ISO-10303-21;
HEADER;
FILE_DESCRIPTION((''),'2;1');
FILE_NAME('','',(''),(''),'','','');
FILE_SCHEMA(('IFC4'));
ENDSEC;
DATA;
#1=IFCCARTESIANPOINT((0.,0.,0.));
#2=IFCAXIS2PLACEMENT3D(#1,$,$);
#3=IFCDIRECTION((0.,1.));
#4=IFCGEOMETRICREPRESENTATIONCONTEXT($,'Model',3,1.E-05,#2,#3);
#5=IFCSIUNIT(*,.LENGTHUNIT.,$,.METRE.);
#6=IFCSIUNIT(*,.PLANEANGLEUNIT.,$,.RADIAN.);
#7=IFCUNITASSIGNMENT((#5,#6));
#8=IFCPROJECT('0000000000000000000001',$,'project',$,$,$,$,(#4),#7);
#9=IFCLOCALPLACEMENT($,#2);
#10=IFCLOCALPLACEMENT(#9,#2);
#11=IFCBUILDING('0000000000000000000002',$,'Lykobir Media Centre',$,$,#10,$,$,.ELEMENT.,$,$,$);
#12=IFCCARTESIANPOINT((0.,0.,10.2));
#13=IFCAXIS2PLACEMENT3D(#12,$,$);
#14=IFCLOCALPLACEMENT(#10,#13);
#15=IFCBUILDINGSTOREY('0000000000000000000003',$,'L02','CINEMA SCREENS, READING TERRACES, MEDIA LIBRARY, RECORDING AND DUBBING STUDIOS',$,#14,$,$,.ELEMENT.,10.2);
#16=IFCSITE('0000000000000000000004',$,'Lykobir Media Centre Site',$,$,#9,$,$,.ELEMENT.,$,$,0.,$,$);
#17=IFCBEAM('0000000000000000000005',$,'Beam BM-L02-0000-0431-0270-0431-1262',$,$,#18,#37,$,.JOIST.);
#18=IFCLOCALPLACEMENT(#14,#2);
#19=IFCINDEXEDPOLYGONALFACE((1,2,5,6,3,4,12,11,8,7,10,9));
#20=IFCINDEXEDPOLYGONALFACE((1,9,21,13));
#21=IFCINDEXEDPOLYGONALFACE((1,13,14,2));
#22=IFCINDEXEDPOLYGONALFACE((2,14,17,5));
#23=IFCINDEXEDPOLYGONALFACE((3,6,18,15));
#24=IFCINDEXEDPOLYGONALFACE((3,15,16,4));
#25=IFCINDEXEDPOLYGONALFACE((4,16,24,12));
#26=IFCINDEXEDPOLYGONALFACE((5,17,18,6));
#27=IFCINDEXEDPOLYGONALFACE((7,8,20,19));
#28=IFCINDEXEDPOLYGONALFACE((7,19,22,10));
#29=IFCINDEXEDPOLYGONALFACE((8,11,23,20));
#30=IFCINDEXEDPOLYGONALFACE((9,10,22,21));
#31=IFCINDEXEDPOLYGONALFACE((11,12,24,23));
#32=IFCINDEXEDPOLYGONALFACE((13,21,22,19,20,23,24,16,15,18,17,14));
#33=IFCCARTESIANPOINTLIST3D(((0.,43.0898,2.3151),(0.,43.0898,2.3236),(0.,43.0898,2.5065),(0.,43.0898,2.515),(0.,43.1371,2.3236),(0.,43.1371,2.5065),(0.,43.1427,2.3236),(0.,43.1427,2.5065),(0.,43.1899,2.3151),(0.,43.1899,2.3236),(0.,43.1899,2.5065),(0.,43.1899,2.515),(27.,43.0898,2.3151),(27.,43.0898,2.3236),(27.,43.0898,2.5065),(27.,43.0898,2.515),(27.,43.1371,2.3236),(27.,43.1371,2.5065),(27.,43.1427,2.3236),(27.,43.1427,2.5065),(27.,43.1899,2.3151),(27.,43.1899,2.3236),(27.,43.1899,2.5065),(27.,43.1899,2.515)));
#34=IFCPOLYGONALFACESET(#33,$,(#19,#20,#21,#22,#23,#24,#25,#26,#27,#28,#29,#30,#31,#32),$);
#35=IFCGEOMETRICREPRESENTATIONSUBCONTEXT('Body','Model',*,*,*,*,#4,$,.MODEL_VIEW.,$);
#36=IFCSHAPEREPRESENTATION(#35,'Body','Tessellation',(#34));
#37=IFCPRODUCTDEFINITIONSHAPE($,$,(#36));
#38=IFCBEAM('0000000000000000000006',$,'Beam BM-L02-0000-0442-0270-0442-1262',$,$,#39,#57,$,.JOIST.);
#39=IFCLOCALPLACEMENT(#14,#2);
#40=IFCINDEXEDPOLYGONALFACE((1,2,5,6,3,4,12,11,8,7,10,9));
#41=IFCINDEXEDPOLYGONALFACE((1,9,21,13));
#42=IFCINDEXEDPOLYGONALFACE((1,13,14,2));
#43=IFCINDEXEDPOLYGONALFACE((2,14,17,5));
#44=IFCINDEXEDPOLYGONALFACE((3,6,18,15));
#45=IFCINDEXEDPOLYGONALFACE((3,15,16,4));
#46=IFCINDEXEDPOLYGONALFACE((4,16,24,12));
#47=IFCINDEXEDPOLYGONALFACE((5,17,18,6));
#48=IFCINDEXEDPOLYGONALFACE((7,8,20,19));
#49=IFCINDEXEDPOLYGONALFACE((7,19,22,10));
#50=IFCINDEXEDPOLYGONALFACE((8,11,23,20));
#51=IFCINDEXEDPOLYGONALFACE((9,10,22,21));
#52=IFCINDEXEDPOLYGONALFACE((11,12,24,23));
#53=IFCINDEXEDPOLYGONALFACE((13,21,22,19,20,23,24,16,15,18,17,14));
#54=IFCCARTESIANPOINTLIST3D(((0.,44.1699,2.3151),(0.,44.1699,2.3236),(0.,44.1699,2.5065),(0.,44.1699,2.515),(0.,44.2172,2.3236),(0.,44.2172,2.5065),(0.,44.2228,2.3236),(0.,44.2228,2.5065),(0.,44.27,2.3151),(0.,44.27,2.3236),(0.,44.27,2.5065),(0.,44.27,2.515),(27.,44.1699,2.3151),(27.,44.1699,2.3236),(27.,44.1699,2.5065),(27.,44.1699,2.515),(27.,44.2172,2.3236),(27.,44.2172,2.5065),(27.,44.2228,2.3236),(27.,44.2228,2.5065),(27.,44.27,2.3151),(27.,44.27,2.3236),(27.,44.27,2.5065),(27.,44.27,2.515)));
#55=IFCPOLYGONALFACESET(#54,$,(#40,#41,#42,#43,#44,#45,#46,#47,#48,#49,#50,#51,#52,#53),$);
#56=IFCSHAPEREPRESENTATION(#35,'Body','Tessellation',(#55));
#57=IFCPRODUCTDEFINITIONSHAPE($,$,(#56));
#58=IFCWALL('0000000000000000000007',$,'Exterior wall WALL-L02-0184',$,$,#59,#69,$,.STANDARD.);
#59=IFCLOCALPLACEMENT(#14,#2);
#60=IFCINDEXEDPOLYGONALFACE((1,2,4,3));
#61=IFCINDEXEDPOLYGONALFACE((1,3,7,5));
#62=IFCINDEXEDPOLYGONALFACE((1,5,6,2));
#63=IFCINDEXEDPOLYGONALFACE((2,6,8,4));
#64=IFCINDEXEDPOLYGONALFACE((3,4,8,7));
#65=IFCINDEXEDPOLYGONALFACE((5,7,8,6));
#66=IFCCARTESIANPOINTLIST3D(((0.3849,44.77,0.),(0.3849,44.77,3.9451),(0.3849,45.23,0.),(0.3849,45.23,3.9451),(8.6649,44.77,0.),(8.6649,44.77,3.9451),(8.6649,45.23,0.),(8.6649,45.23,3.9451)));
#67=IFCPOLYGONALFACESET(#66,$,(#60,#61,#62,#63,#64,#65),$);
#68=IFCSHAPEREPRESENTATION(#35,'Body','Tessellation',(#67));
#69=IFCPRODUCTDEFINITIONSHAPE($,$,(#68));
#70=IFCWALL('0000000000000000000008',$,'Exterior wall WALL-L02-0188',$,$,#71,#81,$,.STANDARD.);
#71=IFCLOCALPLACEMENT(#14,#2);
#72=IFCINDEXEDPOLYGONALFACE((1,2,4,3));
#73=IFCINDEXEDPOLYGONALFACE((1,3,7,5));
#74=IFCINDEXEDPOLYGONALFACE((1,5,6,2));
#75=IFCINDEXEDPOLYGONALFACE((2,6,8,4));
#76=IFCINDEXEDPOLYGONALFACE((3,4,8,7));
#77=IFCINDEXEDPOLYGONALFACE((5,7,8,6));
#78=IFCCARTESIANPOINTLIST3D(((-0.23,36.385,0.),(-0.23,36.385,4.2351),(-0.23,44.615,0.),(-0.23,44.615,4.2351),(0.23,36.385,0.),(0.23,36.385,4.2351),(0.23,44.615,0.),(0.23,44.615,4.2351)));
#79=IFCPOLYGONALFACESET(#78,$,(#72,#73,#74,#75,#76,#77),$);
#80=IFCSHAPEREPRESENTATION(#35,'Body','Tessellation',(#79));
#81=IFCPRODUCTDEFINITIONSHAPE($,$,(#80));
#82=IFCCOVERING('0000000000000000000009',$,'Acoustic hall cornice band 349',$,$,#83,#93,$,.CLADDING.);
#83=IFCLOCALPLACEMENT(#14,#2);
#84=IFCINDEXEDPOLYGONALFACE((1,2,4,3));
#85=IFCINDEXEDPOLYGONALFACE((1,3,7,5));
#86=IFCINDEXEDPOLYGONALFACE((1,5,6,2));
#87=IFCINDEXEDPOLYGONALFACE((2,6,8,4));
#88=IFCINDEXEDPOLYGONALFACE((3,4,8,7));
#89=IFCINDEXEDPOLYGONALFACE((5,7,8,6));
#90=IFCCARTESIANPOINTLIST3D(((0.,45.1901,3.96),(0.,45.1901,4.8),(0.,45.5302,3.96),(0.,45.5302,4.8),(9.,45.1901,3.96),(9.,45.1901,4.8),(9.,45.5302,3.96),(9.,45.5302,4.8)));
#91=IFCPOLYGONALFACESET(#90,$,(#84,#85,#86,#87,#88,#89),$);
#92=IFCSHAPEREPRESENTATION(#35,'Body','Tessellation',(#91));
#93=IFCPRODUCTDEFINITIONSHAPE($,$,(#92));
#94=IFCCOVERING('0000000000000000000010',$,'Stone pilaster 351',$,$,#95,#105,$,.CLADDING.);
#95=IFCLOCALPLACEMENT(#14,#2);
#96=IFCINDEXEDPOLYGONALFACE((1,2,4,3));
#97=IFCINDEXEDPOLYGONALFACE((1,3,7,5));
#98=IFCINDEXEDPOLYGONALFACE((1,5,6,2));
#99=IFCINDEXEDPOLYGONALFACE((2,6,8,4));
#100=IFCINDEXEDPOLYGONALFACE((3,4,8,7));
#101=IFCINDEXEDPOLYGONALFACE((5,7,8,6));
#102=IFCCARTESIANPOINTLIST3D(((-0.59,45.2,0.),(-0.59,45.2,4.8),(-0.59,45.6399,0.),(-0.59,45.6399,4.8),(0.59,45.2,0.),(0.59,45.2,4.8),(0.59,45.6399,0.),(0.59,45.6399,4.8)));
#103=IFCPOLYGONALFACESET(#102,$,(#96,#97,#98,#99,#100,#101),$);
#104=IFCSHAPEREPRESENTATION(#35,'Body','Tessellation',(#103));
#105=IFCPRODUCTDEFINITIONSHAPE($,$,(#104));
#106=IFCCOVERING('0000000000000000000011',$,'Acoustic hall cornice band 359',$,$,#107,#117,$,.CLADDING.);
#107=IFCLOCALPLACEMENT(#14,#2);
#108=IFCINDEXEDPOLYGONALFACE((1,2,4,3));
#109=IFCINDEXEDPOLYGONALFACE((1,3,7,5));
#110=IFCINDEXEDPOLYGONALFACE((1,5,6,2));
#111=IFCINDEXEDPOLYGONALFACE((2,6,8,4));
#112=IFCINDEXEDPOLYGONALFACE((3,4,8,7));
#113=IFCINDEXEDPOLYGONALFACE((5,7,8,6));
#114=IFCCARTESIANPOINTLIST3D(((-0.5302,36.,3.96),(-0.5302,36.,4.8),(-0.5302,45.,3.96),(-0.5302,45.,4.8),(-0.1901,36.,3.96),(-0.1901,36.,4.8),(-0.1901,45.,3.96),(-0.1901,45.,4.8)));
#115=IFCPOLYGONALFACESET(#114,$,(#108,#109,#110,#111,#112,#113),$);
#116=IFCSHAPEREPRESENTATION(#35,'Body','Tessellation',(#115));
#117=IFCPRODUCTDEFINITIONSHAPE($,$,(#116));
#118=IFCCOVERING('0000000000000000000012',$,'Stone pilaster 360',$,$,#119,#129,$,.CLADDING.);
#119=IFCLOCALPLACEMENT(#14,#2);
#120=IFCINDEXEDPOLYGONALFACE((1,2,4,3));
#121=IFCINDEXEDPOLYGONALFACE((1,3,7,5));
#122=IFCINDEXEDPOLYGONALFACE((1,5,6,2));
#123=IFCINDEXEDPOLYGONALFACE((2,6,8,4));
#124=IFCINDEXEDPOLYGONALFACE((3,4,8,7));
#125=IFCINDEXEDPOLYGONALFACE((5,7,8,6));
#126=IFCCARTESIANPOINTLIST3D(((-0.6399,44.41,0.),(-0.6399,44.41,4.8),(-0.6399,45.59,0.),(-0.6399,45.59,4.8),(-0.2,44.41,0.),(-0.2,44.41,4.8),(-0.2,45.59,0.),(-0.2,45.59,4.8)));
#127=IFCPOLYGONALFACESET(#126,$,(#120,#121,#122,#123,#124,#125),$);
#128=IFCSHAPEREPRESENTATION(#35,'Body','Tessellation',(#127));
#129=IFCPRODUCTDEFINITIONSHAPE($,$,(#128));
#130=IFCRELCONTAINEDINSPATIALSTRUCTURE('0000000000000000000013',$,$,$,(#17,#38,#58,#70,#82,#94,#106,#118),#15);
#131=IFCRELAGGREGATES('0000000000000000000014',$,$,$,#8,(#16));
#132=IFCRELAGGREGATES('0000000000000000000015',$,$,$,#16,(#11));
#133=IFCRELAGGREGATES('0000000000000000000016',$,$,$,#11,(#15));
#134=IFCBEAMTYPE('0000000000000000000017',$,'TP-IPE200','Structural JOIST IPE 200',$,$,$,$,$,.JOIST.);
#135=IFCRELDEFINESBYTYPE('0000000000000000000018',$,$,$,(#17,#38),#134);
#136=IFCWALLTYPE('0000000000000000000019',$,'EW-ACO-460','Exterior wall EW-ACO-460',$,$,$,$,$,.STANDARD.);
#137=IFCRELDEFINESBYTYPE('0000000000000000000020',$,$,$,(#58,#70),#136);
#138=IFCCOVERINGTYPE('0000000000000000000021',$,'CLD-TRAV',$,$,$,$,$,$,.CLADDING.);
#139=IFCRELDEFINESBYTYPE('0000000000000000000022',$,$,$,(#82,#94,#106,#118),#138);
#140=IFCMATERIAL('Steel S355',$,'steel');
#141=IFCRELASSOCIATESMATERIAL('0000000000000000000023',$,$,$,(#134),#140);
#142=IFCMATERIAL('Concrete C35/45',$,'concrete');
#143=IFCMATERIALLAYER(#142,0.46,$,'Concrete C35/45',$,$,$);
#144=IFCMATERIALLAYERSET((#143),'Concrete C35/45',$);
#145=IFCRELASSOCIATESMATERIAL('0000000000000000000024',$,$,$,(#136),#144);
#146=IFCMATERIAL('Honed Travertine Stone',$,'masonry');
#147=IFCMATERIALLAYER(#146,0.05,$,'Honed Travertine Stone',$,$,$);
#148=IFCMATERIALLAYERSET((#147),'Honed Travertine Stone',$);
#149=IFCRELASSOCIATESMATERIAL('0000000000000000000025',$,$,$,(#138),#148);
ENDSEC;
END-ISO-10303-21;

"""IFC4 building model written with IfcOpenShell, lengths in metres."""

from ifc_helpers import new_model, si_unit, direction, frame, frame_2d, origin, origin_2d, place, context, subcontext, project, spatial, rectangle, i_section, extrude, material, layer, layer_set, material_profile, profile_set, type_object, element, save


model = new_model("IFC4")

# Units and contexts
model_context = context("Model", 3, precision=1e-05, world=origin(), true_north=direction((0.0, 1.0)))
body_context = subcontext(model_context, "Body", "Model", "MODEL_VIEW")
ifc_project = project(units=[si_unit("LENGTHUNIT", "METRE"), si_unit("PLANEANGLEUNIT", "RADIAN")], contexts=[model_context])

# Site, building, storey
site_placement = place(None, origin())
site = spatial("IfcSite", under=ifc_project, at=site_placement, Name="Lykobir Media Centre Site", CompositionType="ELEMENT", RefElevation=0.0)
building_placement = place(site_placement, origin())
building = spatial("IfcBuilding", under=site, at=building_placement, Name="Lykobir Media Centre", CompositionType="ELEMENT")
storey_placement = place(building_placement, frame((0.0, 0.0, 10.2)))
storey = spatial("IfcBuildingStorey", under=building, at=storey_placement, Name="L02", Description="CINEMA SCREENS, READING TERRACES, MEDIA LIBRARY, RECORDING AND DUBBING STUDIOS", CompositionType="ELEMENT", Elevation=10.2)

# Beams
ifc_material_1 = material(Name="Steel S355", Category="steel")
ifc_material_profile_1 = material_profile(ifc_material_1, i_section(OverallWidth=0.1001, OverallDepth=0.2, WebThickness=0.0056, FlangeThickness=0.0085, at=origin_2d()), Name="IPE 200")
ifc_profile_set_1 = profile_set([ifc_material_profile_1], Name="Steel S355")
beam_type_1 = type_object("IfcBeamType", Name="TP-IPE200", Description="Structural JOIST IPE 200", PredefinedType="JOIST", material=ifc_profile_set_1)
for number, where, z_axis, x_axis, name in (
    (1, (0.0, 43.1399, 2.415), (1.0, 0.0, 0.0), (0.0, 1.0, 0.0), "Beam BM-L02-0000-0431-0270-0431-1262"),
    (2, (0.0, 44.22, 2.415), (1.0, 0.0, 0.0), (0.0, 1.0, 0.0), "Beam BM-L02-0000-0442-0270-0442-1262"),
):
    element("IfcBeam", number, at=place(storey_placement, frame(where, z_axis=z_axis, x_axis=x_axis)), inside=storey, type_object=beam_type_1, Name=name, PredefinedType="JOIST", context=body_context, shape_type="SweptSolid", body=[
        extrude(i_section(OverallWidth=0.1001, OverallDepth=0.2, WebThickness=0.0056, FlangeThickness=0.0085, at=origin_2d()), origin(), (0.0, 0.0, 1.0), 27.0),
    ])

# Walls
ifc_material_2 = material(Name="Concrete C35/45", Category="concrete")
ifc_layer_1 = layer(ifc_material_2, 0.46, Name="Concrete C35/45")
ifc_layer_set_1 = layer_set([ifc_layer_1], Name="Concrete C35/45")
wall_type = type_object("IfcWallType", Name="EW-ACO-460", Description="Exterior wall EW-ACO-460", PredefinedType="STANDARD", material=ifc_layer_set_1)
wall_1_placement = place(storey_placement, frame((8.665, 45.0, 0.0), z_axis=(0.0, 0.0, 1.0), x_axis=(-1.0, 0.0, 0.0)))
element("IfcWall", 3, at=wall_1_placement, inside=storey, type_object=wall_type, Name="Exterior wall WALL-L02-0184", PredefinedType="STANDARD", context=body_context, shape_type="SweptSolid", body=[
    extrude(rectangle(XDim=8.28, YDim=0.46, at=frame_2d((4.1401, 0.0))), origin(), (0.0, 0.0, 1.0), 3.9451),
])
wall_2_placement = place(storey_placement, frame((0.0, 44.615, 0.0), z_axis=(0.0, 0.0, 1.0), x_axis=(0.0, -1.0, 0.0)))
element("IfcWall", 4, at=wall_2_placement, inside=storey, type_object=wall_type, Name="Exterior wall WALL-L02-0188", PredefinedType="STANDARD", context=body_context, shape_type="SweptSolid", body=[
    extrude(rectangle(XDim=8.23, YDim=0.46, at=frame_2d((4.115, 0.0))), origin(), (0.0, 0.0, 1.0), 4.2351),
])

# Coverings
ifc_material_3 = material(Name="Honed Travertine Stone", Category="masonry")
ifc_layer_2 = layer(ifc_material_3, 0.05, Name="Honed Travertine Stone")
ifc_layer_set_2 = layer_set([ifc_layer_2], Name="Honed Travertine Stone")
covering_type = type_object("IfcCoveringType", Name="CLD-TRAV", PredefinedType="CLADDING", material=ifc_layer_set_2)
covering_1_placement = place(storey_placement, frame((4.5, 45.3601, 3.96), z_axis=(0.0, 0.0, 1.0), x_axis=(-1.0, 0.0, 0.0)))
element("IfcCovering", 5, at=covering_1_placement, inside=storey, type_object=covering_type, Name="Acoustic hall cornice band 349", PredefinedType="CLADDING", context=body_context, shape_type="SweptSolid", body=[
    extrude(rectangle(XDim=9.0, YDim=0.3401, at=origin_2d()), origin(), (0.0, 0.0, 1.0), 0.8401),
])
covering_2_placement = place(storey_placement, frame((0.0, 45.4199, 0.0), z_axis=(0.0, 0.0, 1.0), x_axis=(-1.0, 0.0, 0.0)))
element("IfcCovering", 6, at=covering_2_placement, inside=storey, type_object=covering_type, Name="Stone pilaster 351", PredefinedType="CLADDING", context=body_context, shape_type="SweptSolid", body=[
    extrude(rectangle(XDim=1.1799, YDim=0.4399, at=origin_2d()), origin(), (0.0, 0.0, 1.0), 4.8),
])
covering_3_placement = place(storey_placement, frame((-0.3601, 40.5, 3.96), z_axis=(0.0, 0.0, 1.0), x_axis=(0.0, -1.0, 0.0)))
element("IfcCovering", 7, at=covering_3_placement, inside=storey, type_object=covering_type, Name="Acoustic hall cornice band 359", PredefinedType="CLADDING", context=body_context, shape_type="SweptSolid", body=[
    extrude(rectangle(XDim=9.0, YDim=0.3401, at=origin_2d()), origin(), (0.0, 0.0, 1.0), 0.8401),
])
covering_4_placement = place(storey_placement, frame((-0.4199, 45.0, 0.0), z_axis=(0.0, 0.0, 1.0), x_axis=(0.0, -1.0, 0.0)))
element("IfcCovering", 8, at=covering_4_placement, inside=storey, type_object=covering_type, Name="Stone pilaster 360", PredefinedType="CLADDING", context=body_context, shape_type="SweptSolid", body=[
    extrude(rectangle(XDim=1.1799, YDim=0.4399, at=origin_2d()), origin(), (0.0, 0.0, 1.0), 4.8),
])

save(model, "model.ifc")
